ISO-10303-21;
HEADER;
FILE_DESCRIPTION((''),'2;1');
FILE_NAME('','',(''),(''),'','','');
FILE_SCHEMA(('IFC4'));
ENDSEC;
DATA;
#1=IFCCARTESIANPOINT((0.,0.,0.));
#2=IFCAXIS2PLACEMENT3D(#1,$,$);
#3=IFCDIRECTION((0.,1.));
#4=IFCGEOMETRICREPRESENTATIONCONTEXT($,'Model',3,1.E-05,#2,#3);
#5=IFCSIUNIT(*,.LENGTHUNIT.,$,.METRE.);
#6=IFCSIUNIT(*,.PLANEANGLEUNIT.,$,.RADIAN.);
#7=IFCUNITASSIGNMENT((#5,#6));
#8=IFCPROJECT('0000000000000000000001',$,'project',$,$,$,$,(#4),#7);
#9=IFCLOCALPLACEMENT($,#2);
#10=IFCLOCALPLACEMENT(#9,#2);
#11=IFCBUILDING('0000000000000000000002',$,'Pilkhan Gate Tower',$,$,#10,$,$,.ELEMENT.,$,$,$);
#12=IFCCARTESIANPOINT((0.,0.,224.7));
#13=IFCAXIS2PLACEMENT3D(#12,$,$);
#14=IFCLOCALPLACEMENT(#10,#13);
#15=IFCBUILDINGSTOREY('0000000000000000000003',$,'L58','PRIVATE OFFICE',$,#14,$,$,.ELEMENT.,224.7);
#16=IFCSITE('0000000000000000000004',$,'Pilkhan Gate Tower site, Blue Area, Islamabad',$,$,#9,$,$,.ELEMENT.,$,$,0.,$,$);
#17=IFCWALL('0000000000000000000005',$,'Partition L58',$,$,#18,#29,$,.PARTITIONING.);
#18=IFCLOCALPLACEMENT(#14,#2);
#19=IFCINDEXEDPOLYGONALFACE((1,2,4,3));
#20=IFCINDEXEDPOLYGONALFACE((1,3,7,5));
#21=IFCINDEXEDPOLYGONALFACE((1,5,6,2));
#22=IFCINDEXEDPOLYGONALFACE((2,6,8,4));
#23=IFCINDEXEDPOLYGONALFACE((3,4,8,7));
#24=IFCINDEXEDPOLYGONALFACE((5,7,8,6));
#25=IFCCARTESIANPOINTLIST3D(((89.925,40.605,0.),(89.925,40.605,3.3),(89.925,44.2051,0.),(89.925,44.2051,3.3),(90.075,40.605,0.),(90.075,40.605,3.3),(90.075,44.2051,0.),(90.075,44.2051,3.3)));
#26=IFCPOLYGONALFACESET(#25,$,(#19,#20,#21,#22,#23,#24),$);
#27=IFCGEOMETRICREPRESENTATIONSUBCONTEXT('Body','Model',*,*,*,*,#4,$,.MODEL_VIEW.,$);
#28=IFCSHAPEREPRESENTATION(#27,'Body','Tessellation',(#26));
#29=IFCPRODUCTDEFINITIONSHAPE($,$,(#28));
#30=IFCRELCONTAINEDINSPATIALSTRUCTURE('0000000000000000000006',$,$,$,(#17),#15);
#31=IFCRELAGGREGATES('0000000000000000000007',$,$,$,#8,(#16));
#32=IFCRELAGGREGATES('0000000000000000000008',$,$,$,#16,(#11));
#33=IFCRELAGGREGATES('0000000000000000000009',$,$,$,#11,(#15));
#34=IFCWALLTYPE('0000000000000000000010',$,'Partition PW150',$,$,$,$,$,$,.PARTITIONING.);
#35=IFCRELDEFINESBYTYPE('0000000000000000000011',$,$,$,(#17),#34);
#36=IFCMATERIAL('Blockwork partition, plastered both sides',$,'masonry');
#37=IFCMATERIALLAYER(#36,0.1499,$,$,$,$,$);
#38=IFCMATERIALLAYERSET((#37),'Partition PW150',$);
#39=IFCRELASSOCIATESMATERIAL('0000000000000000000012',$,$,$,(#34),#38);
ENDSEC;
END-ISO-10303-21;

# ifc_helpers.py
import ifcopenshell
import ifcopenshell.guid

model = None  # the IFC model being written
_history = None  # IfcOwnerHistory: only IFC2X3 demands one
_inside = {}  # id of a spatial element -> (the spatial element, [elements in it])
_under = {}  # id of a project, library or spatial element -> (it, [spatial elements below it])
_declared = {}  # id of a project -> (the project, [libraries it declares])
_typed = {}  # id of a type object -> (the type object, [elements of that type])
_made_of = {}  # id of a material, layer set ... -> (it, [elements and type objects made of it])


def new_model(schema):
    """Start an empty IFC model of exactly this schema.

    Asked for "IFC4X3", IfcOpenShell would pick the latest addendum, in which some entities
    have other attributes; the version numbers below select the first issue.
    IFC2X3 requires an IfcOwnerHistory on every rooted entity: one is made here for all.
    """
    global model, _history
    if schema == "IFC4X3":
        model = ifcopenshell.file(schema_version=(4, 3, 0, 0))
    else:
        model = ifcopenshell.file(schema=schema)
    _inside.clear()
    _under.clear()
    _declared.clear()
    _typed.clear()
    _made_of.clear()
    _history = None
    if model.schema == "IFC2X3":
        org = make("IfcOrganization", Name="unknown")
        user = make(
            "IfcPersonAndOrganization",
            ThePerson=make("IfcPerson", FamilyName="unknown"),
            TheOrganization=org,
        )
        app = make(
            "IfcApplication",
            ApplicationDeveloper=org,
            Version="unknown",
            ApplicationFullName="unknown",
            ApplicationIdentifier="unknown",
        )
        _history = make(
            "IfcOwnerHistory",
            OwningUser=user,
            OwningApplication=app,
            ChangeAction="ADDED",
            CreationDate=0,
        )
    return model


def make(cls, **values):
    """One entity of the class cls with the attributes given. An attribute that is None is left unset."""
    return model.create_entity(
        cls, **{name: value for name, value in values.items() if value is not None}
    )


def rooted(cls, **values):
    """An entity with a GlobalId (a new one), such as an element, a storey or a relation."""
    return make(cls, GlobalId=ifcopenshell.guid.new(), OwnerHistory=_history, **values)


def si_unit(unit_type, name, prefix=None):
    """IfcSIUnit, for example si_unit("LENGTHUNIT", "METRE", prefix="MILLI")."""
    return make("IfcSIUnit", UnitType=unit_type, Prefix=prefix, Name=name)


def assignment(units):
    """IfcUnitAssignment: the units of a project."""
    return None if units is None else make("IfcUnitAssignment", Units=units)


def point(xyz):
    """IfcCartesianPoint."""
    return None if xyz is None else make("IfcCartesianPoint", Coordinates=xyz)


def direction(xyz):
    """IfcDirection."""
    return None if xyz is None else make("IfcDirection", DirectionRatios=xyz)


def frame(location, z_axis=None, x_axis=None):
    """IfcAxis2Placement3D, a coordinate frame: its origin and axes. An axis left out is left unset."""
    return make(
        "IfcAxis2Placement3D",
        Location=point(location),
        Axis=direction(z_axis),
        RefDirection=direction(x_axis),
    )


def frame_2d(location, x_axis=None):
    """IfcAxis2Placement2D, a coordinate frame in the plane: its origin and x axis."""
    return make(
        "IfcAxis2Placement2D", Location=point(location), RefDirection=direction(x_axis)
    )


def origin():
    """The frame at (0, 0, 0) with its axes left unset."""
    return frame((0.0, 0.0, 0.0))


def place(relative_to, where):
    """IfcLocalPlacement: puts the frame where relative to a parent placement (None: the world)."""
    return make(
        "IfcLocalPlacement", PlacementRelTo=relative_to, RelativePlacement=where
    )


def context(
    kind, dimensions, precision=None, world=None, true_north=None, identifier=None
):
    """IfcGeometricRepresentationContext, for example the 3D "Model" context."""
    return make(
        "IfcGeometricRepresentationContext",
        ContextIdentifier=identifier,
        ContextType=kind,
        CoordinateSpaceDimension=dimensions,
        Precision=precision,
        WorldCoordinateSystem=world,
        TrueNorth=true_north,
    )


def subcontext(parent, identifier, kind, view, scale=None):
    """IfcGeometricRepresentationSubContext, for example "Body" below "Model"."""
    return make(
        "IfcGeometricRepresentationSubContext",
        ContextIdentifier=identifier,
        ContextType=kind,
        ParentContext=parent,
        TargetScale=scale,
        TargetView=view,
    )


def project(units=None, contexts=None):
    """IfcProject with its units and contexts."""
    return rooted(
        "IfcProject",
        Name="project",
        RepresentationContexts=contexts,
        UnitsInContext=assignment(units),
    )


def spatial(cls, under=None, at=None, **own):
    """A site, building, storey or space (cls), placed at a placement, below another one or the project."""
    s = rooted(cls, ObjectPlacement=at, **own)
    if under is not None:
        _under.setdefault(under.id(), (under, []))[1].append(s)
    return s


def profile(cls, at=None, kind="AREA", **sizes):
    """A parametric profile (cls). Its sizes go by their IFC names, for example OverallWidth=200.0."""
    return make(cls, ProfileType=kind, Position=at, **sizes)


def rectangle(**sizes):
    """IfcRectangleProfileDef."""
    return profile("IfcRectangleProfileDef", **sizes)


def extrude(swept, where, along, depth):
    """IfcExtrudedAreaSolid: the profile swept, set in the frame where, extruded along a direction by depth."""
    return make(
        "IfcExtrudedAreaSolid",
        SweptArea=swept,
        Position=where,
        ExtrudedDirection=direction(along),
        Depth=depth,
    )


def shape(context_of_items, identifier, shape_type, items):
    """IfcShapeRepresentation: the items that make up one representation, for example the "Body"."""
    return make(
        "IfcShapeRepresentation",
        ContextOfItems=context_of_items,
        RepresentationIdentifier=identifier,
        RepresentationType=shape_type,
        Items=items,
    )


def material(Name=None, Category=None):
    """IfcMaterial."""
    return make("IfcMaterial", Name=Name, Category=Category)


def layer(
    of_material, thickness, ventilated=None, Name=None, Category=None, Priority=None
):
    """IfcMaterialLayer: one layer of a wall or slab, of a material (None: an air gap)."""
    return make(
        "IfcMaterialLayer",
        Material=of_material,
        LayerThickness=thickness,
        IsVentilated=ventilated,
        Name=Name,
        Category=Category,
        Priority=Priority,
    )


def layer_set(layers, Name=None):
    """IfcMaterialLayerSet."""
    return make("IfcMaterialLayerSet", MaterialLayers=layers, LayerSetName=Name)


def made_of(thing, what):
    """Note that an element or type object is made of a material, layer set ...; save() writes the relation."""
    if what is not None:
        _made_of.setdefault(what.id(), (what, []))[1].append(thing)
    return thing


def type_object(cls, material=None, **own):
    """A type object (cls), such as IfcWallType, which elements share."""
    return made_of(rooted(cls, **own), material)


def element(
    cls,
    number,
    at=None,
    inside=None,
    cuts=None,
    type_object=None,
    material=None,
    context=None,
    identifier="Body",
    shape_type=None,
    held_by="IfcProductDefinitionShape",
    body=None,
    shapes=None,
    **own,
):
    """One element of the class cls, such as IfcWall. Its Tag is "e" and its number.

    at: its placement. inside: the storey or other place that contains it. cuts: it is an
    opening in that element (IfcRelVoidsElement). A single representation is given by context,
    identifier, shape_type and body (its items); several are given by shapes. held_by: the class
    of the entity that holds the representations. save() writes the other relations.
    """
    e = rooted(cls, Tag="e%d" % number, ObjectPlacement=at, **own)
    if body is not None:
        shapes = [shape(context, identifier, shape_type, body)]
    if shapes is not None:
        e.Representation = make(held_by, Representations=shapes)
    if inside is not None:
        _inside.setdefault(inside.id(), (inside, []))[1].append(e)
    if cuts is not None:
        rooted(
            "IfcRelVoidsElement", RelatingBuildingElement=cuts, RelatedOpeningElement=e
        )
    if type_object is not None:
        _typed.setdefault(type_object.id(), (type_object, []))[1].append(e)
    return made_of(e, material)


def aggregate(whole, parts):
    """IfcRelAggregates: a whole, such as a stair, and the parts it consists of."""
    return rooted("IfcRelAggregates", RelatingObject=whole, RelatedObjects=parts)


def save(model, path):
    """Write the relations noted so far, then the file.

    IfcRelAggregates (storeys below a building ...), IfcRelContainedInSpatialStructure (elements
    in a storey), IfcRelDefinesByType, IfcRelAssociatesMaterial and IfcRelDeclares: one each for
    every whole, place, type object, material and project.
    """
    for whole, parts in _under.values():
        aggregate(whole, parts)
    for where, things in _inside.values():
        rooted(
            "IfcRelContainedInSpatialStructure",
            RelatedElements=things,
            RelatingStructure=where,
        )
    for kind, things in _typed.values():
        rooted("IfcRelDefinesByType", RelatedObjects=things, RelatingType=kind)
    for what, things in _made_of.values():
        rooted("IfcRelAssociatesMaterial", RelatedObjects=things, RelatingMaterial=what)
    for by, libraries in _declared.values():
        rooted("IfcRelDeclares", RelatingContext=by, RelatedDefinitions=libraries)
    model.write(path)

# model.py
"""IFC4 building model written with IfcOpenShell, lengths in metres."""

from ifc_helpers import new_model, si_unit, direction, frame, frame_2d, origin, place, context, subcontext, project, spatial, rectangle, extrude, material, layer, layer_set, type_object, element, save


model = new_model("IFC4")

# Units and contexts
model_context = context("Model", 3, precision=1e-05, world=origin(), true_north=direction((0.0, 1.0)))
body_context = subcontext(model_context, "Body", "Model", "MODEL_VIEW")
ifc_project = project(units=[si_unit("LENGTHUNIT", "METRE"), si_unit("PLANEANGLEUNIT", "RADIAN")], contexts=[model_context])

# Site, building, storey
site_placement = place(None, origin())
site = spatial("IfcSite", under=ifc_project, at=site_placement, Name="Pilkhan Gate Tower site, Blue Area, Islamabad", CompositionType="ELEMENT", RefElevation=0.0)
building_placement = place(site_placement, origin())
building = spatial("IfcBuilding", under=site, at=building_placement, Name="Pilkhan Gate Tower", CompositionType="ELEMENT")
storey_placement = place(building_placement, frame((0.0, 0.0, 224.7)))
storey = spatial("IfcBuildingStorey", under=building, at=storey_placement, Name="L58", Description="PRIVATE OFFICE", CompositionType="ELEMENT", Elevation=224.7)

# Wall
ifc_material_1 = material(Name="Blockwork partition, plastered both sides", Category="masonry")
ifc_layer_1 = layer(ifc_material_1, 0.1499)
ifc_layer_set_1 = layer_set([ifc_layer_1], Name="Partition PW150")
wall_type_1 = type_object("IfcWallType", Name="Partition PW150", PredefinedType="PARTITIONING", material=ifc_layer_set_1)
wall_1_placement = place(storey_placement, frame((90.0, 40.605, 0.0), z_axis=(0.0, 0.0, 1.0), x_axis=(0.0, 1.0, 0.0)))
element("IfcWall", 1, at=wall_1_placement, inside=storey, type_object=wall_type_1, Name="Partition L58", PredefinedType="PARTITIONING", context=body_context, shape_type="SweptSolid", body=[
    extrude(rectangle(XDim=3.6001, YDim=0.1499, at=frame_2d((1.8, 0.0))), origin(), (0.0, 0.0, 1.0), 3.3),
])

save(model, "model.ifc")
